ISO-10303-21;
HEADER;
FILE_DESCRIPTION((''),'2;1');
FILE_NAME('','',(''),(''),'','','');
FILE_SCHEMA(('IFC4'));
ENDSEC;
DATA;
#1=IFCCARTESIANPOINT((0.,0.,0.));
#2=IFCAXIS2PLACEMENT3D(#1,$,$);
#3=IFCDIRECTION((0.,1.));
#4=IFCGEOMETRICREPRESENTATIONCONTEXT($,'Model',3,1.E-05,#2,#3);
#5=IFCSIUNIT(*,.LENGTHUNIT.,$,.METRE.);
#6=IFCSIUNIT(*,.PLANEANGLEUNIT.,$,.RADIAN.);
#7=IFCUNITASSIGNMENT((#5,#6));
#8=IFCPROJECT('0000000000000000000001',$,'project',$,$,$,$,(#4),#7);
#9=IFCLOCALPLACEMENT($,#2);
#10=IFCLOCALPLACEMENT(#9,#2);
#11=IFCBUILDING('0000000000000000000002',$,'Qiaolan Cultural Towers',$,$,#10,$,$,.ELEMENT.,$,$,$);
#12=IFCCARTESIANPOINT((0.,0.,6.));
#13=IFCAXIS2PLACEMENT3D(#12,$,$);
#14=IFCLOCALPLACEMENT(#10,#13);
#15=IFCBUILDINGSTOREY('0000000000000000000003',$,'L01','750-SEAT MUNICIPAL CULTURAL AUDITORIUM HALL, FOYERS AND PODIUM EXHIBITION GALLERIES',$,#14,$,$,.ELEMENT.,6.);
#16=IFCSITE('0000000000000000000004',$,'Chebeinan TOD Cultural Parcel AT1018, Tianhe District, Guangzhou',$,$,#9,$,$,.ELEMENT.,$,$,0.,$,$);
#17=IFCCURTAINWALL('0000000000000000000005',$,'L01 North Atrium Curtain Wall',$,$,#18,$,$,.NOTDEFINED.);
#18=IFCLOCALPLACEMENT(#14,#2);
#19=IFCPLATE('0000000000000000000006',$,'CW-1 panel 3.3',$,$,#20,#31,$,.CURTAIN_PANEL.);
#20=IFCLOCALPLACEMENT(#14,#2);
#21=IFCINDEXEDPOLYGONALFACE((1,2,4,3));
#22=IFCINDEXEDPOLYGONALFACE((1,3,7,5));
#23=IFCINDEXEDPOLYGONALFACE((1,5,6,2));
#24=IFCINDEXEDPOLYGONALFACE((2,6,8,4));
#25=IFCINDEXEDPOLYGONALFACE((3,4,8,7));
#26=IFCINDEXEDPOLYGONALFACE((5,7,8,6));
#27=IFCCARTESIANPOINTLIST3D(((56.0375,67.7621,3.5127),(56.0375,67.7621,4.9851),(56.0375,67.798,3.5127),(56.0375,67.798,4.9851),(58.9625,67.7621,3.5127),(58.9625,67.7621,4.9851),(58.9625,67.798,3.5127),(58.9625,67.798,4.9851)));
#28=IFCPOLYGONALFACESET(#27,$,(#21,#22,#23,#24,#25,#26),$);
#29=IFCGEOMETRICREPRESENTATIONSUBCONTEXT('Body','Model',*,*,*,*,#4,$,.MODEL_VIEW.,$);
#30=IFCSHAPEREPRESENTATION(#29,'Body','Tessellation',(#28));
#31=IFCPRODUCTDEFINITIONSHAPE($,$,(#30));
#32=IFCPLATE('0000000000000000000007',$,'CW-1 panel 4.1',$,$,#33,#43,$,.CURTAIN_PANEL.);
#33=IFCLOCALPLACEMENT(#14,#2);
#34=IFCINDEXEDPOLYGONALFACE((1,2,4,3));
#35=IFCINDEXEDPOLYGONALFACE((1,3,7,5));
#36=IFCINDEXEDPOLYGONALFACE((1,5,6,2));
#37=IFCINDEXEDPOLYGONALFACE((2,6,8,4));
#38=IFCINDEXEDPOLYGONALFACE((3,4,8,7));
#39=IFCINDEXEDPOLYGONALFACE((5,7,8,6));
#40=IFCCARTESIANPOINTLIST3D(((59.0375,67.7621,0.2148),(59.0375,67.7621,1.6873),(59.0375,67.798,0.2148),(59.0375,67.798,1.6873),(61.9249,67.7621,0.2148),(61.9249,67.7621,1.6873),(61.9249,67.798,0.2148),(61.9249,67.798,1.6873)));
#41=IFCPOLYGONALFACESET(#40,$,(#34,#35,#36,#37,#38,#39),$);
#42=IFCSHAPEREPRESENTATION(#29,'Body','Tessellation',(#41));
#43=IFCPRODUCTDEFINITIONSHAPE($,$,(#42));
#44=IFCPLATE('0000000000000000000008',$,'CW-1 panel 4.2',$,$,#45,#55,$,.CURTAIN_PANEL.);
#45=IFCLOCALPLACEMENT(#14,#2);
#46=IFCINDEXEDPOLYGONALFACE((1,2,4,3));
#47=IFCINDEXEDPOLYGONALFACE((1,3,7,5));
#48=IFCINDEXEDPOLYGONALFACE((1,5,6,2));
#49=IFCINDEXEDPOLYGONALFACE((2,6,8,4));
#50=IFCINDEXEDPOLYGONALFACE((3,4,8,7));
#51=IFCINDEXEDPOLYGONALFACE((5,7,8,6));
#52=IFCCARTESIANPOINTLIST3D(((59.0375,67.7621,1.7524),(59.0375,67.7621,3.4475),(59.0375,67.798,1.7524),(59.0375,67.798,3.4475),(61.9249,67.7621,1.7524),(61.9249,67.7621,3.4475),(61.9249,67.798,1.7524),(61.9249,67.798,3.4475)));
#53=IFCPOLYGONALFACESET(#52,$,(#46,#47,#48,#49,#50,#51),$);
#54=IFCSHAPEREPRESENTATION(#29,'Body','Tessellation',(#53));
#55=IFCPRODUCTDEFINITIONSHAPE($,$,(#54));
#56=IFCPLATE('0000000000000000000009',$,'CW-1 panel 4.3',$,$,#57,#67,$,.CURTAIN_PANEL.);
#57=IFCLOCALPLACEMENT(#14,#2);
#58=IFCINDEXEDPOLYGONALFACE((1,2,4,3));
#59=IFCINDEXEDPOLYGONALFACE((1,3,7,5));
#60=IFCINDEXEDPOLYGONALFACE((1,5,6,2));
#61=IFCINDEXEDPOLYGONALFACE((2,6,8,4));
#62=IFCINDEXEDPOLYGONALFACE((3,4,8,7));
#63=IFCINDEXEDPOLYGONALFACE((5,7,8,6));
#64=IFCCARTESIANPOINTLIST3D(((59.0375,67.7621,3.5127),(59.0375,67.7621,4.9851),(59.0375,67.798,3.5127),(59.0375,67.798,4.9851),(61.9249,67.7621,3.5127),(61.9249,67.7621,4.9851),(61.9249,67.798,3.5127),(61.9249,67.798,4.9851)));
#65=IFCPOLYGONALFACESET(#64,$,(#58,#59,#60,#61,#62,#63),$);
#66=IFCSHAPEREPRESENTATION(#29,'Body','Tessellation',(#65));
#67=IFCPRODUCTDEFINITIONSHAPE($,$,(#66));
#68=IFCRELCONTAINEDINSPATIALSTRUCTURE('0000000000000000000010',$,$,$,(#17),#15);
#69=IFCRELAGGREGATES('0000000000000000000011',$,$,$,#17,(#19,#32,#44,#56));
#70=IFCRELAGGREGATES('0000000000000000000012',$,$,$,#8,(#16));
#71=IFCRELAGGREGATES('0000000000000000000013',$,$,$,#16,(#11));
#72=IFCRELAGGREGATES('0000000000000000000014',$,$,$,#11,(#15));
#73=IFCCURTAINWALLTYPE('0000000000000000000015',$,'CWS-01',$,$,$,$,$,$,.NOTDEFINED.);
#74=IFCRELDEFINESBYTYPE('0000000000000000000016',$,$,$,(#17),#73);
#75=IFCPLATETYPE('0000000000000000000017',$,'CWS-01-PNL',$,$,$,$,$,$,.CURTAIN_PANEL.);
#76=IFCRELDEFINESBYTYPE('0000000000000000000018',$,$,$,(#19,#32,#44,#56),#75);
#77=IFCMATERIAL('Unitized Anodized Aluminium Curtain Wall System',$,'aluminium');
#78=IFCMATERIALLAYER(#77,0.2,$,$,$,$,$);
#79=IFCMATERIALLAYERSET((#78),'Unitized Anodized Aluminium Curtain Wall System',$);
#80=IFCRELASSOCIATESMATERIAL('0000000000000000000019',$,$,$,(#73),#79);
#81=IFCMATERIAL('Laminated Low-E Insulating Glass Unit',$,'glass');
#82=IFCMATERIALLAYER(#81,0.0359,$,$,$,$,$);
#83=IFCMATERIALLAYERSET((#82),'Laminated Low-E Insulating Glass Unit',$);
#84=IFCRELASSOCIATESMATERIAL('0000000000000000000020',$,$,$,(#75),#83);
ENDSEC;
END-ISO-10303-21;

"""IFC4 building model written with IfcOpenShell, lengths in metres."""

from ifc_helpers import new_model, si_unit, direction, frame, origin, origin_2d, place, context, subcontext, project, spatial, rectangle, extrude, material, layer, layer_set, type_object, element, aggregate, save


model = new_model("IFC4")

# Units and contexts
model_context = context("Model", 3, precision=1e-05, world=origin(), true_north=direction((0.0, 1.0)))
body_context = subcontext(model_context, "Body", "Model", "MODEL_VIEW")
ifc_project = project(units=[si_unit("LENGTHUNIT", "METRE"), si_unit("PLANEANGLEUNIT", "RADIAN")], contexts=[model_context])

# Site, building, storey
site_placement = place(None, origin())
site = spatial("IfcSite", under=ifc_project, at=site_placement, Name="Chebeinan TOD Cultural Parcel AT1018, Tianhe District, Guangzhou", CompositionType="ELEMENT", RefElevation=0.0)
building_placement = place(site_placement, origin())
building = spatial("IfcBuilding", under=site, at=building_placement, Name="Qiaolan Cultural Towers", CompositionType="ELEMENT")
storey_placement = place(building_placement, frame((0.0, 0.0, 6.0)))
storey = spatial("IfcBuildingStorey", under=building, at=storey_placement, Name="L01", Description="750-SEAT MUNICIPAL CULTURAL AUDITORIUM HALL, FOYERS AND PODIUM EXHIBITION GALLERIES", CompositionType="ELEMENT", Elevation=6.0)

# Curtain wall, plates
ifc_material_1 = material(Name="Unitized Anodized Aluminium Curtain Wall System", Category="aluminium")
ifc_layer_1 = layer(ifc_material_1, 0.2)
ifc_layer_set_1 = layer_set([ifc_layer_1], Name="Unitized Anodized Aluminium Curtain Wall System")
curtain_wall_type = type_object("IfcCurtainWallType", Name="CWS-01", PredefinedType="NOTDEFINED", material=ifc_layer_set_1)
curtain_wall_placement = place(storey_placement, origin())
curtain_wall = element("IfcCurtainWall", 1, at=curtain_wall_placement, inside=storey, type_object=curtain_wall_type, Name="L01 North Atrium Curtain Wall", PredefinedType="NOTDEFINED")
ifc_material_2 = material(Name="Laminated Low-E Insulating Glass Unit", Category="glass")
ifc_layer_2 = layer(ifc_material_2, 0.0359)
ifc_layer_set_2 = layer_set([ifc_layer_2], Name="Laminated Low-E Insulating Glass Unit")
plate_type = type_object("IfcPlateType", Name="CWS-01-PNL", PredefinedType="CURTAIN_PANEL", material=ifc_layer_set_2)
plate_1_placement = place(storey_placement, frame((57.5, 67.78, 3.5127), z_axis=(0.0, 0.0, 1.0), x_axis=(1.0, 0.0, 0.0)))
plate_1 = element("IfcPlate", 2, at=plate_1_placement, type_object=plate_type, Name="CW-1 panel 3.3", PredefinedType="CURTAIN_PANEL", context=body_context, shape_type="SweptSolid", body=[
    extrude(rectangle(XDim=2.925, YDim=0.0359, at=origin_2d()), origin(), (0.0, 0.0, 1.0), 1.4724),
])
plate_2_placement = place(storey_placement, frame((60.4812, 67.78, 0.2148), z_axis=(0.0, 0.0, 1.0), x_axis=(1.0, 0.0, 0.0)))
plate_2 = element("IfcPlate", 3, at=plate_2_placement, type_object=plate_type, Name="CW-1 panel 4.1", PredefinedType="CURTAIN_PANEL", context=body_context, shape_type="SweptSolid", body=[
    extrude(rectangle(XDim=2.8875, YDim=0.0359, at=origin_2d()), origin(), (0.0, 0.0, 1.0), 1.4724),
])
plate_3_placement = place(storey_placement, frame((60.4812, 67.78, 1.7524), z_axis=(0.0, 0.0, 1.0), x_axis=(1.0, 0.0, 0.0)))
plate_3 = element("IfcPlate", 4, at=plate_3_placement, type_object=plate_type, Name="CW-1 panel 4.2", PredefinedType="CURTAIN_PANEL", context=body_context, shape_type="SweptSolid", body=[
    extrude(rectangle(XDim=2.8875, YDim=0.0359, at=origin_2d()), origin(), (0.0, 0.0, 1.0), 1.6951),
])
plate_4_placement = place(storey_placement, frame((60.4812, 67.78, 3.5127), z_axis=(0.0, 0.0, 1.0), x_axis=(1.0, 0.0, 0.0)))
plate_4 = element("IfcPlate", 5, at=plate_4_placement, type_object=plate_type, Name="CW-1 panel 4.3", PredefinedType="CURTAIN_PANEL", context=body_context, shape_type="SweptSolid", body=[
    extrude(rectangle(XDim=2.8875, YDim=0.0359, at=origin_2d()), origin(), (0.0, 0.0, 1.0), 1.4724),
])
aggregate(curtain_wall, [plate_1, plate_2, plate_3, plate_4])

save(model, "model.ifc")
